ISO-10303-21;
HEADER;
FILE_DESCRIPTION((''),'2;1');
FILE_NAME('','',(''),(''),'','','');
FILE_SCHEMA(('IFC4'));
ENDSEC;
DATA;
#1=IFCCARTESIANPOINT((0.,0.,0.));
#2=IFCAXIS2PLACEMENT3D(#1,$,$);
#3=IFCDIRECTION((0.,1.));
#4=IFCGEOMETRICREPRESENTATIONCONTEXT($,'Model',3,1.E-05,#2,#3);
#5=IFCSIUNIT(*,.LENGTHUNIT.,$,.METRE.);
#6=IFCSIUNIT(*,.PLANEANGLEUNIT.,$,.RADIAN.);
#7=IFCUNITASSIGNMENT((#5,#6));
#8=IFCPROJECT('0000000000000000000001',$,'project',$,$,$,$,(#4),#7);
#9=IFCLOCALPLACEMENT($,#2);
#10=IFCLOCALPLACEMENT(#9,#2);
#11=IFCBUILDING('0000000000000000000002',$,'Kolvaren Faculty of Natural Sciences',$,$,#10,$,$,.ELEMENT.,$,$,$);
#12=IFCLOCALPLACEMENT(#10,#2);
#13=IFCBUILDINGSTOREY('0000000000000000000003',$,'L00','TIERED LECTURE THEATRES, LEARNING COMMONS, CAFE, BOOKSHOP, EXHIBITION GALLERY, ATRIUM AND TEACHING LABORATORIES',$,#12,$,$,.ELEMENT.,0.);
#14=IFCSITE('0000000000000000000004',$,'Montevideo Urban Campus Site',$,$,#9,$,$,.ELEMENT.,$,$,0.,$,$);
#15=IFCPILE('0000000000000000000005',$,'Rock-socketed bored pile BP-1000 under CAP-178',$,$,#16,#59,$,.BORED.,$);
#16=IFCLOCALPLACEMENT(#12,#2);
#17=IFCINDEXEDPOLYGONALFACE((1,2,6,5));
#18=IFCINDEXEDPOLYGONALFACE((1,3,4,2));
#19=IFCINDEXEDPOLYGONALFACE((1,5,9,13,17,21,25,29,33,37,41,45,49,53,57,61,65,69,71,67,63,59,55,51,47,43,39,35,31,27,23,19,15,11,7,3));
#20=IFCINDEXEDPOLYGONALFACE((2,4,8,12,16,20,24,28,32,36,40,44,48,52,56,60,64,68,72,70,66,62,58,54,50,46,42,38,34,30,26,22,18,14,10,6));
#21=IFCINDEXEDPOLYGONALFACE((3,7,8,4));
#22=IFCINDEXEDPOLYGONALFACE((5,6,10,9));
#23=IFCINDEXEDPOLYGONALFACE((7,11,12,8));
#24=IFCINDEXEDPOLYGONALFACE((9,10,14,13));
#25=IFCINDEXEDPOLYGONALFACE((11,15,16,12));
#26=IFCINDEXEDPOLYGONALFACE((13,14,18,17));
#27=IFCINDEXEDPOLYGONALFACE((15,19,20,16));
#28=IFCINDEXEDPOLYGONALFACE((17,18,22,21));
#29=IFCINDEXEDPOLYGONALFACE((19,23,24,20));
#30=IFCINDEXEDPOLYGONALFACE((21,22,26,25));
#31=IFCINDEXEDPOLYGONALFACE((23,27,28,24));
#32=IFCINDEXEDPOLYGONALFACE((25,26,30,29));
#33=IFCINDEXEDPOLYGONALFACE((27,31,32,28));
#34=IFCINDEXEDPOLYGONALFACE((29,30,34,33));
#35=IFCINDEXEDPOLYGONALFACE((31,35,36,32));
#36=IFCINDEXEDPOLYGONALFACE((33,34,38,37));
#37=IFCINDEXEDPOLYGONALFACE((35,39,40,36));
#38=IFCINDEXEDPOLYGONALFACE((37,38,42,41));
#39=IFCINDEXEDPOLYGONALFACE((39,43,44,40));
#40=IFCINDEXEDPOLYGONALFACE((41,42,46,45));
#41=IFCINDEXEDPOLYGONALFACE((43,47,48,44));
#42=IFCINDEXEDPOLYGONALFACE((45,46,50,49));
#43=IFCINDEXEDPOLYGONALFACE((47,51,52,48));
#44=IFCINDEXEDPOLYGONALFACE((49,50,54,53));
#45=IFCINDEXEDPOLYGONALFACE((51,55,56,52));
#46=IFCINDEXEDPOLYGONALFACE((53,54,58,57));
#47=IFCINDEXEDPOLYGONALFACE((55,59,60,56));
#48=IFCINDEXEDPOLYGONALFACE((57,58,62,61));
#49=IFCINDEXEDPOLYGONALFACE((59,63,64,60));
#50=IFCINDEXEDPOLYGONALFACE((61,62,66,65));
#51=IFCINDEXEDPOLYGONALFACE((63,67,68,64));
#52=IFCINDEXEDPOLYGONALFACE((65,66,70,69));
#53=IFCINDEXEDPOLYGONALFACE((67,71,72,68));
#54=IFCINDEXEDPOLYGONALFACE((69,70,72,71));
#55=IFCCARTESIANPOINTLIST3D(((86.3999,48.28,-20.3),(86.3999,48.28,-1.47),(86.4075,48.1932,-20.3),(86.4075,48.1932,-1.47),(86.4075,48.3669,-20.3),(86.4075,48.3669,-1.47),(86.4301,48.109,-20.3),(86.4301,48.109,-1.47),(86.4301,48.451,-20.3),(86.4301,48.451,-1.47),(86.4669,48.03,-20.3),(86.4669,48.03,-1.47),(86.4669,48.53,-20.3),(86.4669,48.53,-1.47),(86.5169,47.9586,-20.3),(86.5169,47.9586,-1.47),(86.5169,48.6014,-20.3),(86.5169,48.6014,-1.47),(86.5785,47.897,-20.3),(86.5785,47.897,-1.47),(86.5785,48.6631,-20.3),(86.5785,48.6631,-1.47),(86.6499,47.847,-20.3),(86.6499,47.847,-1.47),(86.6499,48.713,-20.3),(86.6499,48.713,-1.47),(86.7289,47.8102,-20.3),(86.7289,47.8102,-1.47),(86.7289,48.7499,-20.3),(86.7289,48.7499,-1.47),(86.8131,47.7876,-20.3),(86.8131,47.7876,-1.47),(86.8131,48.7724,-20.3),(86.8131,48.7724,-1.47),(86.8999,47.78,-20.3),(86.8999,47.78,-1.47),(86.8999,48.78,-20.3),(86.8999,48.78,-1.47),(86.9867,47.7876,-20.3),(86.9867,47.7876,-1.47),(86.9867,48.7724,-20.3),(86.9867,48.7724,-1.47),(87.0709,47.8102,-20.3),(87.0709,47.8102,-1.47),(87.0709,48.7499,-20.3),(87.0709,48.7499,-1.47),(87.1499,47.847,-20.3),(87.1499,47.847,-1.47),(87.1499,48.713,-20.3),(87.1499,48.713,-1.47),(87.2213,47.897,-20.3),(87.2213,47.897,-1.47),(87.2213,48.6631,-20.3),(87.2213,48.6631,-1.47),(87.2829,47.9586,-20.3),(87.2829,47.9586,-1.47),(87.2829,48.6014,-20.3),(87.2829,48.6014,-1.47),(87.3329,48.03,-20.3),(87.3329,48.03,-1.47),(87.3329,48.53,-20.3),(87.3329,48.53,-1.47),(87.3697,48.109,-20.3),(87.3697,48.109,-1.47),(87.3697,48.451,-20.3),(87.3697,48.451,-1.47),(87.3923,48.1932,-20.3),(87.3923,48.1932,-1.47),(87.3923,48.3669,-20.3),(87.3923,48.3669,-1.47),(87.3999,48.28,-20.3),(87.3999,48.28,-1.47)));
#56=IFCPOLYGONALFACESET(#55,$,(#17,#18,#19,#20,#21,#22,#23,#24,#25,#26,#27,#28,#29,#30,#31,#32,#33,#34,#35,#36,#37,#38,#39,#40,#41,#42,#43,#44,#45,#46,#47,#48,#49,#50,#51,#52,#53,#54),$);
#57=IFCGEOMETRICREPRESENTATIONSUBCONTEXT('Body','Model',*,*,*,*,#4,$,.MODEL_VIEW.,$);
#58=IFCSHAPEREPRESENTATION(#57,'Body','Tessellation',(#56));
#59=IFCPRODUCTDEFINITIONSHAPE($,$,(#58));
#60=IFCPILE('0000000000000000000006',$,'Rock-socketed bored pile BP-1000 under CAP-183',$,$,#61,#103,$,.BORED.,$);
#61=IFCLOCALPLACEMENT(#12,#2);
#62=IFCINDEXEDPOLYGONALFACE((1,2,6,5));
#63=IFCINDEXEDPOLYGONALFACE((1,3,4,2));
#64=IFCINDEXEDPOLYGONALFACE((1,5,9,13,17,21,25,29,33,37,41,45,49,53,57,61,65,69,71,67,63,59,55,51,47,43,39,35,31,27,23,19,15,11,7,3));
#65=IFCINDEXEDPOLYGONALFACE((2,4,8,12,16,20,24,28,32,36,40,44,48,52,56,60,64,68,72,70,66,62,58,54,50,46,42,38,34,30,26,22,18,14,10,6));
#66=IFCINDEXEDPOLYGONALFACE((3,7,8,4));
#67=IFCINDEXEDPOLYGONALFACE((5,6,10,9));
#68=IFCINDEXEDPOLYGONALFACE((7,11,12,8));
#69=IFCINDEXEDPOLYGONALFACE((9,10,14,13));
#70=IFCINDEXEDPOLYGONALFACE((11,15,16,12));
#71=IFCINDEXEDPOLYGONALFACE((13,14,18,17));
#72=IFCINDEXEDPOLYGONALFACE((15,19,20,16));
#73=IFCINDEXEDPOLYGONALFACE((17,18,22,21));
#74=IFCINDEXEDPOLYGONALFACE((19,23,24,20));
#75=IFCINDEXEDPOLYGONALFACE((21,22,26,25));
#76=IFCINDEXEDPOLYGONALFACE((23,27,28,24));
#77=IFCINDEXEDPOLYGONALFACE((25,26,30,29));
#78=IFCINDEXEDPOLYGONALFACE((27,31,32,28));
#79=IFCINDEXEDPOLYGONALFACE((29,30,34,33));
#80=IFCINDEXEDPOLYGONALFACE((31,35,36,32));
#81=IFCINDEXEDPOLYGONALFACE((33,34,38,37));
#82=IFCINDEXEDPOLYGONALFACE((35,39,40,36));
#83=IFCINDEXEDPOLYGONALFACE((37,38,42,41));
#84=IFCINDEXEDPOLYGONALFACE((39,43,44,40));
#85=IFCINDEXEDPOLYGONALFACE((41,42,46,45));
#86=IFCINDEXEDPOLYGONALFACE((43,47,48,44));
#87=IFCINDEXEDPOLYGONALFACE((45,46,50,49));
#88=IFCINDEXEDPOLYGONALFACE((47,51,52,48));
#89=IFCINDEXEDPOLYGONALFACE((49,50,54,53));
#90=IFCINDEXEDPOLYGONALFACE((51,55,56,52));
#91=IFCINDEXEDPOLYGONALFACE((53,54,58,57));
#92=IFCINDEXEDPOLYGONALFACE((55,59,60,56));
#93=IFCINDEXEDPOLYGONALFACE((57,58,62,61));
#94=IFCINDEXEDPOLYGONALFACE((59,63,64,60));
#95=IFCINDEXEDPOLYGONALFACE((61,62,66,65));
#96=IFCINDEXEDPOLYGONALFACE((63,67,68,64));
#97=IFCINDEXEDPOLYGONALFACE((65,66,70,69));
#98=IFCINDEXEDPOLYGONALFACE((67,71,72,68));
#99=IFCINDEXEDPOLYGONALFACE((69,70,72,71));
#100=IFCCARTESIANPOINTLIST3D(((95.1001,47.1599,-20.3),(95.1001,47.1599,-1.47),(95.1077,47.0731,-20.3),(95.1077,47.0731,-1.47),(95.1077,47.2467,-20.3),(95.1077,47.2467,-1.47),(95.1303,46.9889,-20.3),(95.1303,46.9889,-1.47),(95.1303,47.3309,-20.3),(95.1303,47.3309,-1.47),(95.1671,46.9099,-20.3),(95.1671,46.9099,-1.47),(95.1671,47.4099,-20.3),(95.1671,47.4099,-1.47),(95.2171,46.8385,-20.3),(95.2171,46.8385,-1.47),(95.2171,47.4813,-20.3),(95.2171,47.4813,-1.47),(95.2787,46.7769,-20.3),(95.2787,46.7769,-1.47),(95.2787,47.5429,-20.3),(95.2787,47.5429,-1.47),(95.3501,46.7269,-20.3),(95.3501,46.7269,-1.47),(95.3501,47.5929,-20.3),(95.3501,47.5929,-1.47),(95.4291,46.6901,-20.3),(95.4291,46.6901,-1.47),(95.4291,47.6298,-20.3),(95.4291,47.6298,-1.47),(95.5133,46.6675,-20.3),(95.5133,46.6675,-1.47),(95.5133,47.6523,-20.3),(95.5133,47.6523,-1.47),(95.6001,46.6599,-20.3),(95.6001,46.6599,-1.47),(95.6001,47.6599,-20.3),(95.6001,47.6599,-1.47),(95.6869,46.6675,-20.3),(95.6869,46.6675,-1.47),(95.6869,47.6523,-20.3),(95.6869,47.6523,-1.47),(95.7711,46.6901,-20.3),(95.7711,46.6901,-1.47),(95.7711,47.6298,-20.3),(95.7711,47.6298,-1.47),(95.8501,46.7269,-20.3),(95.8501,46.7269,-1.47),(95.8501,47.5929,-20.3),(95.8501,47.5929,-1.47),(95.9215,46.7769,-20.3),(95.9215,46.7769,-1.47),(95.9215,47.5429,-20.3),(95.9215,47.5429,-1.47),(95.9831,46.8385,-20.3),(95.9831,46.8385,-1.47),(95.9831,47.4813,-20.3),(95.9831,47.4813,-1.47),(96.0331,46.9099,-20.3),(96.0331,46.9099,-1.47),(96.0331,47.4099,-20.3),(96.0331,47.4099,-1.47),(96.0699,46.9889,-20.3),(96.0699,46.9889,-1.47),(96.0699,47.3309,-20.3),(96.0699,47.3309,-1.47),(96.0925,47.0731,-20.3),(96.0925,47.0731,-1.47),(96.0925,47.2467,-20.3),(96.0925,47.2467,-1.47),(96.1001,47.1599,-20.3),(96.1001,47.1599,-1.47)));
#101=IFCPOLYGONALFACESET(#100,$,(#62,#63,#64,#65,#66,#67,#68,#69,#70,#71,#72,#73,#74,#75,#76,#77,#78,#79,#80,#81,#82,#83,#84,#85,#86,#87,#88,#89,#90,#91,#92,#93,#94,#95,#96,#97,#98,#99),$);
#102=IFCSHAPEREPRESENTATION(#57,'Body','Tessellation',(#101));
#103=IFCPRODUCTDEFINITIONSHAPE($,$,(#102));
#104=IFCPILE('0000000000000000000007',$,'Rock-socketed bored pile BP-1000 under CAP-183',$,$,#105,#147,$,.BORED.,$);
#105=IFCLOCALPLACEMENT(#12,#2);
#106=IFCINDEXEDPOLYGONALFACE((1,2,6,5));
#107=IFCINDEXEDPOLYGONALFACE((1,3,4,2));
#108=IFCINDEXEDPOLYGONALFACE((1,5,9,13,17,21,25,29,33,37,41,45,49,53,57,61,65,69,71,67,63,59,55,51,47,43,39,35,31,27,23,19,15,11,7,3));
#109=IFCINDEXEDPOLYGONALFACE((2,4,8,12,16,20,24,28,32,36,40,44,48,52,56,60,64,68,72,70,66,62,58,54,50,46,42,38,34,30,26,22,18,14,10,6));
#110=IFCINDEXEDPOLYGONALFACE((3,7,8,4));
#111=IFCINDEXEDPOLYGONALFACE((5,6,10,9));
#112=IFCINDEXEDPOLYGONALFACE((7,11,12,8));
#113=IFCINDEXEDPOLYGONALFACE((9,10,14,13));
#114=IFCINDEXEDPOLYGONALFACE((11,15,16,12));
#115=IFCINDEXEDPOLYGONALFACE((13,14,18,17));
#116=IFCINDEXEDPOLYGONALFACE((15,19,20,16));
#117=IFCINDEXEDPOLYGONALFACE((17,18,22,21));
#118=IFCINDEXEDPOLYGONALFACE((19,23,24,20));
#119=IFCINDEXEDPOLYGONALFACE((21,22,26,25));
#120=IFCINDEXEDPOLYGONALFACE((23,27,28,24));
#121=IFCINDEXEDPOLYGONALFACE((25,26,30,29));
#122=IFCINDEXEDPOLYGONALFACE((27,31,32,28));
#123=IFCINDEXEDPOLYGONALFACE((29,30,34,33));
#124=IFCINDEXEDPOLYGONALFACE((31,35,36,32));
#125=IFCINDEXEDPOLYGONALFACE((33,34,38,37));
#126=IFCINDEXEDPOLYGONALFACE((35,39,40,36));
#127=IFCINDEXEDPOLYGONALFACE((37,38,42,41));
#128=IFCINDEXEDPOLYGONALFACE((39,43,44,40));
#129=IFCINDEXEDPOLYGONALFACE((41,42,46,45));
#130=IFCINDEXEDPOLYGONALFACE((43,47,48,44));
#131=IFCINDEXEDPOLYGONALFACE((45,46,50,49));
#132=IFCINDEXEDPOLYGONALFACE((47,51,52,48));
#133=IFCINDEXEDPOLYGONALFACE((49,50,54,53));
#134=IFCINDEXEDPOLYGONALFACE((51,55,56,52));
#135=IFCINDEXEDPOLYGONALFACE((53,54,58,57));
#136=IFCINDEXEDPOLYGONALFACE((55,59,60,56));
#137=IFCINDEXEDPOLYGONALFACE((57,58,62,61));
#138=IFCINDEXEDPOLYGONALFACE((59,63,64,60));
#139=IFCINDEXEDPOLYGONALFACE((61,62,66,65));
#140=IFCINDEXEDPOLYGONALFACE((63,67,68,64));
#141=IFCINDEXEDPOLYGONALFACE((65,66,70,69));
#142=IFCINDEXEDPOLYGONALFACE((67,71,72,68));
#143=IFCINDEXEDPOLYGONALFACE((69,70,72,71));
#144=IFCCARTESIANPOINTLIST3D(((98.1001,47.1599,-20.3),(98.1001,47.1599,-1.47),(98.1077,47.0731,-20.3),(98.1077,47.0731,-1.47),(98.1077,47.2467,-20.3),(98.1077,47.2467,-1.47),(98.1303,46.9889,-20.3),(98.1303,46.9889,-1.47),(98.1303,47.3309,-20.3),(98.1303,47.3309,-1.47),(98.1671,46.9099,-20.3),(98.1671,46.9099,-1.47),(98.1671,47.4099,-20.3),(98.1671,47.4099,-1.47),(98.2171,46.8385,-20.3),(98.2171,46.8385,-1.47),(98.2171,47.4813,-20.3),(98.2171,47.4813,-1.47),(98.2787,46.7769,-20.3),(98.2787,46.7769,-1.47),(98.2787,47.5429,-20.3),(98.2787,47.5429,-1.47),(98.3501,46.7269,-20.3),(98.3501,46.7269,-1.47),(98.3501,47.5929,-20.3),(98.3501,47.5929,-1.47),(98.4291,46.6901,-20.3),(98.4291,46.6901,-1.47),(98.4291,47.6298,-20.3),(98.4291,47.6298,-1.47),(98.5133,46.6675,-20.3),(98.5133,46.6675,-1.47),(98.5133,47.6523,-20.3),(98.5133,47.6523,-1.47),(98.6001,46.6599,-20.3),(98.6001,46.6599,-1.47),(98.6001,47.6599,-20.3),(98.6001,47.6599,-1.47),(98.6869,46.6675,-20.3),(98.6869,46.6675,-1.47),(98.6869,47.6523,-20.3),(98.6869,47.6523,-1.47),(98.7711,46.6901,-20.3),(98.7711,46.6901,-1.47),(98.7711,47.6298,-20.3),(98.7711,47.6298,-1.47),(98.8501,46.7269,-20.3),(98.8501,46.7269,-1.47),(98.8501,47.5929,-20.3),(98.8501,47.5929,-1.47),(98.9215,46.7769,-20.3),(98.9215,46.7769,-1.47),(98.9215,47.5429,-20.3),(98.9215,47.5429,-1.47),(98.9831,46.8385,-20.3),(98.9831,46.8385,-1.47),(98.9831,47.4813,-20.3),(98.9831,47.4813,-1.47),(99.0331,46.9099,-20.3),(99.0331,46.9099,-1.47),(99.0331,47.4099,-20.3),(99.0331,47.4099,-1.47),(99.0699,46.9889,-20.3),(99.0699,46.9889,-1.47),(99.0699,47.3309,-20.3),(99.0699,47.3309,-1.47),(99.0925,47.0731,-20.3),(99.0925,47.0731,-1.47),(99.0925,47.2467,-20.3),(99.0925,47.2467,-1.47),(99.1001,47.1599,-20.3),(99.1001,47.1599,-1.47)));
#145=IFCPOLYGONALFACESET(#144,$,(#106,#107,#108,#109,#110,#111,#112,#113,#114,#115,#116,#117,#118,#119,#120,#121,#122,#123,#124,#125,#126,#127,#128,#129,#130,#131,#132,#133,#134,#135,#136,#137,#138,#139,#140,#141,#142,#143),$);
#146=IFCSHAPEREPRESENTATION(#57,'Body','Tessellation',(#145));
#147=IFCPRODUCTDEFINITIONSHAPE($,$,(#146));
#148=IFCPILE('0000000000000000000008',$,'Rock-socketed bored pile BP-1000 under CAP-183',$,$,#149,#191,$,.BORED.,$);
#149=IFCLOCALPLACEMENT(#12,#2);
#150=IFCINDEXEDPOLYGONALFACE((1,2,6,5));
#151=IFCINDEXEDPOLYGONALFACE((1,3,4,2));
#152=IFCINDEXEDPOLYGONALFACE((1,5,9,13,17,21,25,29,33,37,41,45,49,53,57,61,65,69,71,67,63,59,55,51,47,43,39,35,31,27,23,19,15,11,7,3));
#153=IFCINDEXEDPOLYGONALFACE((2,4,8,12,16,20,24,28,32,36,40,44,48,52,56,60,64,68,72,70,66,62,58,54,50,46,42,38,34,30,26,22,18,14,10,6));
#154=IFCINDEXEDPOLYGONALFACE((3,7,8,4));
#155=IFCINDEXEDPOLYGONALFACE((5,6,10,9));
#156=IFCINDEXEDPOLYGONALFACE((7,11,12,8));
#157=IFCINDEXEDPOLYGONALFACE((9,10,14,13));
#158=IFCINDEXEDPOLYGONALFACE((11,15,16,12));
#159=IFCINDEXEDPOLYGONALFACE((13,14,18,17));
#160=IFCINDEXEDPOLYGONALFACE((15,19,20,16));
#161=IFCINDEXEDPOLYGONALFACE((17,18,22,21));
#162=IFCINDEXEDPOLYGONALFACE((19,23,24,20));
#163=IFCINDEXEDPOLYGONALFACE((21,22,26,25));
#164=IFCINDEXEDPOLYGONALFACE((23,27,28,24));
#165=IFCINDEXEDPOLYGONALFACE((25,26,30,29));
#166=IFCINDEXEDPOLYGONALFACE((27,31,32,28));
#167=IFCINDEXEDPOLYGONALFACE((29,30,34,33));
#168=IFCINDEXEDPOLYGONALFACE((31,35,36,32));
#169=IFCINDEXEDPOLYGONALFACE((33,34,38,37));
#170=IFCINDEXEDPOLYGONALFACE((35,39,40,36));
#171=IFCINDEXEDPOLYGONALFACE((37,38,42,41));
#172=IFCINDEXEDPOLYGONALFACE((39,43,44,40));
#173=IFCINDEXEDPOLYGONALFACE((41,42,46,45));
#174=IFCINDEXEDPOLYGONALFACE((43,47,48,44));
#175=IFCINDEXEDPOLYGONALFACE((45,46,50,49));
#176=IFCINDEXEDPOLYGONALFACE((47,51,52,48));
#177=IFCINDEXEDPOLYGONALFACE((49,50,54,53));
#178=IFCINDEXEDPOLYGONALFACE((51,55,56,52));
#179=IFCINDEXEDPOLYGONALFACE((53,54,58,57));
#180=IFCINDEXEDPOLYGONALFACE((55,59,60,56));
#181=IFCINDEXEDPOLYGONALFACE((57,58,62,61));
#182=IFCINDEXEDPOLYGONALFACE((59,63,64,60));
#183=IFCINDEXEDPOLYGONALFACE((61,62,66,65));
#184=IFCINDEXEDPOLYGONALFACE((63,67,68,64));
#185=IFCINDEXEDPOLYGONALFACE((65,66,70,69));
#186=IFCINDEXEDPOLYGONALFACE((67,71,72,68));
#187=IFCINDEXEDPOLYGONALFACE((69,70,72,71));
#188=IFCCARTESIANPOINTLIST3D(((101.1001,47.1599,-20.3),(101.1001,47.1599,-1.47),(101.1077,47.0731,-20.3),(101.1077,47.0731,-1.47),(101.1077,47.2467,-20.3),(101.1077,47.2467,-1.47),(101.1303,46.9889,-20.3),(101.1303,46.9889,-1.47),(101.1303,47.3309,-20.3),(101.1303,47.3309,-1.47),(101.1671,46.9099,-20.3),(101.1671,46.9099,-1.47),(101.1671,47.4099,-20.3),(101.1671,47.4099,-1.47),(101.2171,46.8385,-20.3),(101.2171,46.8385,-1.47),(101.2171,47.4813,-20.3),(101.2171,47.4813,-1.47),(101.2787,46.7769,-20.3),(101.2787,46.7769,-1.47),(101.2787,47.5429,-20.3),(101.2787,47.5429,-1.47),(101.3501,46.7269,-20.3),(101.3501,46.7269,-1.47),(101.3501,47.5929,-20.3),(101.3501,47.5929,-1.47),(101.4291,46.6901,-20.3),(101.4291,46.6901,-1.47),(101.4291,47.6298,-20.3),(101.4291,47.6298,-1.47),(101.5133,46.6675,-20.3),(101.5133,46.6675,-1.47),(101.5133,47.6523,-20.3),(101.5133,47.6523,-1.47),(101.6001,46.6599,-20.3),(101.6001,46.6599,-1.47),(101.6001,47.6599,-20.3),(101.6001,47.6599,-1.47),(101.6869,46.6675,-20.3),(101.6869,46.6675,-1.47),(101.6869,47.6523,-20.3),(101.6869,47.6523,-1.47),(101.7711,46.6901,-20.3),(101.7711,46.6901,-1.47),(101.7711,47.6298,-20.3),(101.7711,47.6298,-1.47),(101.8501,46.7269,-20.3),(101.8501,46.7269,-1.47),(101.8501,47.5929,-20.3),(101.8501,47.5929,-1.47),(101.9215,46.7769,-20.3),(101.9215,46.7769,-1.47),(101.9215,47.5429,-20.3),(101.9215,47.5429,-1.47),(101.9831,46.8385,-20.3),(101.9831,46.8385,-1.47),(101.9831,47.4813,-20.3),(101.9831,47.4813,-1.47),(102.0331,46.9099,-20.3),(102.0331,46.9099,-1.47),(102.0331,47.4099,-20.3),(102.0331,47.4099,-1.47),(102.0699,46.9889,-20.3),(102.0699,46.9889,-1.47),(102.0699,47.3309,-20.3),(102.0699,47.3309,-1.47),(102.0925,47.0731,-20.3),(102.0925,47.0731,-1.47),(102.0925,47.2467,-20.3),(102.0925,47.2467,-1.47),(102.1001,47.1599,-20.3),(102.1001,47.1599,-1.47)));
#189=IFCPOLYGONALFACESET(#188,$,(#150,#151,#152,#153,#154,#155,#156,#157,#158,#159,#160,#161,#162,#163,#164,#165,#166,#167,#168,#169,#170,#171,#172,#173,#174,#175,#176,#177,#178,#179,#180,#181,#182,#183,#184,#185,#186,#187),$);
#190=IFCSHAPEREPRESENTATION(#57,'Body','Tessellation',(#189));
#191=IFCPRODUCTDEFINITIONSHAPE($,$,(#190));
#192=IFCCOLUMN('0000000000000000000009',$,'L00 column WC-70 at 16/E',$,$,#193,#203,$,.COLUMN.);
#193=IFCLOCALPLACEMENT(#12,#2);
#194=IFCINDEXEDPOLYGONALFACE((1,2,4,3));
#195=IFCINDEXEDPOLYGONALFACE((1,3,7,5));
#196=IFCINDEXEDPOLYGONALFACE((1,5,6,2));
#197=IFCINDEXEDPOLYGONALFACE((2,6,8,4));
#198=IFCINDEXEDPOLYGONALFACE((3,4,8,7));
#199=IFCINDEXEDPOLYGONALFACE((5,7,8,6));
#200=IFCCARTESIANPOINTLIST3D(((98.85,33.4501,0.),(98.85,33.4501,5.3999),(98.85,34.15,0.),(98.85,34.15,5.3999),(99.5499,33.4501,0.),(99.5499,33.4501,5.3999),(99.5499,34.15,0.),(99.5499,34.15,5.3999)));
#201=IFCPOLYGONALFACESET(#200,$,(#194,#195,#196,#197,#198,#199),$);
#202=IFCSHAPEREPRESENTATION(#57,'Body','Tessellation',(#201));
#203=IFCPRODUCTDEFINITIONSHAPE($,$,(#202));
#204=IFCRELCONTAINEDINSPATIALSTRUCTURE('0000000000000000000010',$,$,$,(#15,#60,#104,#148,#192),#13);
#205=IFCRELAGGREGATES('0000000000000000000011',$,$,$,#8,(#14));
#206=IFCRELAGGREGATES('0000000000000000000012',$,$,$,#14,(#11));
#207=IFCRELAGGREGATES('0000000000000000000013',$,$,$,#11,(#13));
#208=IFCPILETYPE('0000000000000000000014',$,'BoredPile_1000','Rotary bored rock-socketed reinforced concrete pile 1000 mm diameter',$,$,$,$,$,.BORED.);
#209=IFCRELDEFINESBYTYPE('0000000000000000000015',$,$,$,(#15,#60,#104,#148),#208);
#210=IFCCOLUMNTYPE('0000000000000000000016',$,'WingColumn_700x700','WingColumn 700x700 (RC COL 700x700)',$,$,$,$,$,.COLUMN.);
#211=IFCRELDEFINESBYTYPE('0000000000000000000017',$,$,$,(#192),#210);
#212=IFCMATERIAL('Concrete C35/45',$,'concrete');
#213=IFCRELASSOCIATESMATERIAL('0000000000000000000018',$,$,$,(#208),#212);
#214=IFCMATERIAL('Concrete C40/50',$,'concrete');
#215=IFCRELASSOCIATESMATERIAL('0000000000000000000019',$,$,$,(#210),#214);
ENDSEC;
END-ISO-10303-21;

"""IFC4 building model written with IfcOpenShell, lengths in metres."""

from ifc_helpers import new_model, si_unit, direction, frame, origin, origin_2d, place, context, subcontext, project, spatial, rectangle, circle, extrude, material, material_profile, profile_set, type_object, element, save


model = new_model("IFC4")

# Units and contexts
model_context = context("Model", 3, precision=1e-05, world=origin(), true_north=direction((0.0, 1.0)))
body_context = subcontext(model_context, "Body", "Model", "MODEL_VIEW")
ifc_project = project(units=[si_unit("LENGTHUNIT", "METRE"), si_unit("PLANEANGLEUNIT", "RADIAN")], contexts=[model_context])

# Site, building, storey
site_placement = place(None, origin())
site = spatial("IfcSite", under=ifc_project, at=site_placement, Name="Montevideo Urban Campus Site", CompositionType="ELEMENT", RefElevation=0.0)
building_placement = place(site_placement, origin())
building = spatial("IfcBuilding", under=site, at=building_placement, Name="Kolvaren Faculty of Natural Sciences", CompositionType="ELEMENT")
storey_placement = place(building_placement, origin())
storey = spatial("IfcBuildingStorey", under=building, at=storey_placement, Name="L00", Description="TIERED LECTURE THEATRES, LEARNING COMMONS, CAFE, BOOKSHOP, EXHIBITION GALLERY, ATRIUM AND TEACHING LABORATORIES", CompositionType="ELEMENT", Elevation=0.0)

# Piles
ifc_material_1 = material(Name="Concrete C35/45", Category="concrete")
ifc_material_profile_1 = material_profile(ifc_material_1, circle(Radius=0.5, at=origin_2d()), Name="PILE D1000")
ifc_profile_set_1 = profile_set([ifc_material_profile_1], Name="Concrete C35/45")
pile_type = type_object("IfcPileType", Name="BoredPile_1000", Description="Rotary bored rock-socketed reinforced concrete pile 1000 mm diameter", PredefinedType="BORED", material=ifc_profile_set_1)
for number, where, z_axis, x_axis, name in (
    (1, (86.8999, 48.28, -1.47), (0.0, 0.0, -1.0), (1.0, 0.0, 0.0), "Rock-socketed bored pile BP-1000 under CAP-178"),
    (2, (95.6001, 47.1599, -1.47), (0.0, 0.0, -1.0), (1.0, 0.0, 0.0), "Rock-socketed bored pile BP-1000 under CAP-183"),
    (3, (98.6001, 47.1599, -1.47), (0.0, 0.0, -1.0), (1.0, 0.0, 0.0), "Rock-socketed bored pile BP-1000 under CAP-183"),
    (4, (101.6001, 47.1599, -1.47), (0.0, 0.0, -1.0), (1.0, 0.0, 0.0), "Rock-socketed bored pile BP-1000 under CAP-183"),
):
    element("IfcPile", number, at=place(storey_placement, frame(where, z_axis=z_axis, x_axis=x_axis)), inside=storey, type_object=pile_type, Name=name, PredefinedType="BORED", context=body_context, shape_type="SweptSolid", body=[
        extrude(circle(Radius=0.5, at=origin_2d()), origin(), (0.0, 0.0, 1.0), 18.8301),
    ])

# Column
ifc_material_2 = material(Name="Concrete C40/50", Category="concrete")
ifc_material_profile_2 = material_profile(ifc_material_2, rectangle(XDim=0.7, YDim=0.7, at=origin_2d()), Name="RC COL 700x700")
ifc_profile_set_2 = profile_set([ifc_material_profile_2], Name="Concrete C40/50")
column_type = type_object("IfcColumnType", Name="WingColumn_700x700", Description="WingColumn 700x700 (RC COL 700x700)", PredefinedType="COLUMN", material=ifc_profile_set_2)
for number, where, z_axis, x_axis, name in (
    (5, (99.2, 33.8, 0.0), (0.0, 0.0, 1.0), (1.0, 0.0, 0.0), "L00 column WC-70 at 16/E"),
):
    element("IfcColumn", number, at=place(storey_placement, frame(where, z_axis=z_axis, x_axis=x_axis)), inside=storey, type_object=column_type, Name=name, PredefinedType="COLUMN", context=body_context, shape_type="SweptSolid", body=[
        extrude(rectangle(XDim=0.7, YDim=0.7, at=origin_2d()), origin(), (0.0, 0.0, 1.0), 5.3999),
    ])

save(model, "model.ifc")
